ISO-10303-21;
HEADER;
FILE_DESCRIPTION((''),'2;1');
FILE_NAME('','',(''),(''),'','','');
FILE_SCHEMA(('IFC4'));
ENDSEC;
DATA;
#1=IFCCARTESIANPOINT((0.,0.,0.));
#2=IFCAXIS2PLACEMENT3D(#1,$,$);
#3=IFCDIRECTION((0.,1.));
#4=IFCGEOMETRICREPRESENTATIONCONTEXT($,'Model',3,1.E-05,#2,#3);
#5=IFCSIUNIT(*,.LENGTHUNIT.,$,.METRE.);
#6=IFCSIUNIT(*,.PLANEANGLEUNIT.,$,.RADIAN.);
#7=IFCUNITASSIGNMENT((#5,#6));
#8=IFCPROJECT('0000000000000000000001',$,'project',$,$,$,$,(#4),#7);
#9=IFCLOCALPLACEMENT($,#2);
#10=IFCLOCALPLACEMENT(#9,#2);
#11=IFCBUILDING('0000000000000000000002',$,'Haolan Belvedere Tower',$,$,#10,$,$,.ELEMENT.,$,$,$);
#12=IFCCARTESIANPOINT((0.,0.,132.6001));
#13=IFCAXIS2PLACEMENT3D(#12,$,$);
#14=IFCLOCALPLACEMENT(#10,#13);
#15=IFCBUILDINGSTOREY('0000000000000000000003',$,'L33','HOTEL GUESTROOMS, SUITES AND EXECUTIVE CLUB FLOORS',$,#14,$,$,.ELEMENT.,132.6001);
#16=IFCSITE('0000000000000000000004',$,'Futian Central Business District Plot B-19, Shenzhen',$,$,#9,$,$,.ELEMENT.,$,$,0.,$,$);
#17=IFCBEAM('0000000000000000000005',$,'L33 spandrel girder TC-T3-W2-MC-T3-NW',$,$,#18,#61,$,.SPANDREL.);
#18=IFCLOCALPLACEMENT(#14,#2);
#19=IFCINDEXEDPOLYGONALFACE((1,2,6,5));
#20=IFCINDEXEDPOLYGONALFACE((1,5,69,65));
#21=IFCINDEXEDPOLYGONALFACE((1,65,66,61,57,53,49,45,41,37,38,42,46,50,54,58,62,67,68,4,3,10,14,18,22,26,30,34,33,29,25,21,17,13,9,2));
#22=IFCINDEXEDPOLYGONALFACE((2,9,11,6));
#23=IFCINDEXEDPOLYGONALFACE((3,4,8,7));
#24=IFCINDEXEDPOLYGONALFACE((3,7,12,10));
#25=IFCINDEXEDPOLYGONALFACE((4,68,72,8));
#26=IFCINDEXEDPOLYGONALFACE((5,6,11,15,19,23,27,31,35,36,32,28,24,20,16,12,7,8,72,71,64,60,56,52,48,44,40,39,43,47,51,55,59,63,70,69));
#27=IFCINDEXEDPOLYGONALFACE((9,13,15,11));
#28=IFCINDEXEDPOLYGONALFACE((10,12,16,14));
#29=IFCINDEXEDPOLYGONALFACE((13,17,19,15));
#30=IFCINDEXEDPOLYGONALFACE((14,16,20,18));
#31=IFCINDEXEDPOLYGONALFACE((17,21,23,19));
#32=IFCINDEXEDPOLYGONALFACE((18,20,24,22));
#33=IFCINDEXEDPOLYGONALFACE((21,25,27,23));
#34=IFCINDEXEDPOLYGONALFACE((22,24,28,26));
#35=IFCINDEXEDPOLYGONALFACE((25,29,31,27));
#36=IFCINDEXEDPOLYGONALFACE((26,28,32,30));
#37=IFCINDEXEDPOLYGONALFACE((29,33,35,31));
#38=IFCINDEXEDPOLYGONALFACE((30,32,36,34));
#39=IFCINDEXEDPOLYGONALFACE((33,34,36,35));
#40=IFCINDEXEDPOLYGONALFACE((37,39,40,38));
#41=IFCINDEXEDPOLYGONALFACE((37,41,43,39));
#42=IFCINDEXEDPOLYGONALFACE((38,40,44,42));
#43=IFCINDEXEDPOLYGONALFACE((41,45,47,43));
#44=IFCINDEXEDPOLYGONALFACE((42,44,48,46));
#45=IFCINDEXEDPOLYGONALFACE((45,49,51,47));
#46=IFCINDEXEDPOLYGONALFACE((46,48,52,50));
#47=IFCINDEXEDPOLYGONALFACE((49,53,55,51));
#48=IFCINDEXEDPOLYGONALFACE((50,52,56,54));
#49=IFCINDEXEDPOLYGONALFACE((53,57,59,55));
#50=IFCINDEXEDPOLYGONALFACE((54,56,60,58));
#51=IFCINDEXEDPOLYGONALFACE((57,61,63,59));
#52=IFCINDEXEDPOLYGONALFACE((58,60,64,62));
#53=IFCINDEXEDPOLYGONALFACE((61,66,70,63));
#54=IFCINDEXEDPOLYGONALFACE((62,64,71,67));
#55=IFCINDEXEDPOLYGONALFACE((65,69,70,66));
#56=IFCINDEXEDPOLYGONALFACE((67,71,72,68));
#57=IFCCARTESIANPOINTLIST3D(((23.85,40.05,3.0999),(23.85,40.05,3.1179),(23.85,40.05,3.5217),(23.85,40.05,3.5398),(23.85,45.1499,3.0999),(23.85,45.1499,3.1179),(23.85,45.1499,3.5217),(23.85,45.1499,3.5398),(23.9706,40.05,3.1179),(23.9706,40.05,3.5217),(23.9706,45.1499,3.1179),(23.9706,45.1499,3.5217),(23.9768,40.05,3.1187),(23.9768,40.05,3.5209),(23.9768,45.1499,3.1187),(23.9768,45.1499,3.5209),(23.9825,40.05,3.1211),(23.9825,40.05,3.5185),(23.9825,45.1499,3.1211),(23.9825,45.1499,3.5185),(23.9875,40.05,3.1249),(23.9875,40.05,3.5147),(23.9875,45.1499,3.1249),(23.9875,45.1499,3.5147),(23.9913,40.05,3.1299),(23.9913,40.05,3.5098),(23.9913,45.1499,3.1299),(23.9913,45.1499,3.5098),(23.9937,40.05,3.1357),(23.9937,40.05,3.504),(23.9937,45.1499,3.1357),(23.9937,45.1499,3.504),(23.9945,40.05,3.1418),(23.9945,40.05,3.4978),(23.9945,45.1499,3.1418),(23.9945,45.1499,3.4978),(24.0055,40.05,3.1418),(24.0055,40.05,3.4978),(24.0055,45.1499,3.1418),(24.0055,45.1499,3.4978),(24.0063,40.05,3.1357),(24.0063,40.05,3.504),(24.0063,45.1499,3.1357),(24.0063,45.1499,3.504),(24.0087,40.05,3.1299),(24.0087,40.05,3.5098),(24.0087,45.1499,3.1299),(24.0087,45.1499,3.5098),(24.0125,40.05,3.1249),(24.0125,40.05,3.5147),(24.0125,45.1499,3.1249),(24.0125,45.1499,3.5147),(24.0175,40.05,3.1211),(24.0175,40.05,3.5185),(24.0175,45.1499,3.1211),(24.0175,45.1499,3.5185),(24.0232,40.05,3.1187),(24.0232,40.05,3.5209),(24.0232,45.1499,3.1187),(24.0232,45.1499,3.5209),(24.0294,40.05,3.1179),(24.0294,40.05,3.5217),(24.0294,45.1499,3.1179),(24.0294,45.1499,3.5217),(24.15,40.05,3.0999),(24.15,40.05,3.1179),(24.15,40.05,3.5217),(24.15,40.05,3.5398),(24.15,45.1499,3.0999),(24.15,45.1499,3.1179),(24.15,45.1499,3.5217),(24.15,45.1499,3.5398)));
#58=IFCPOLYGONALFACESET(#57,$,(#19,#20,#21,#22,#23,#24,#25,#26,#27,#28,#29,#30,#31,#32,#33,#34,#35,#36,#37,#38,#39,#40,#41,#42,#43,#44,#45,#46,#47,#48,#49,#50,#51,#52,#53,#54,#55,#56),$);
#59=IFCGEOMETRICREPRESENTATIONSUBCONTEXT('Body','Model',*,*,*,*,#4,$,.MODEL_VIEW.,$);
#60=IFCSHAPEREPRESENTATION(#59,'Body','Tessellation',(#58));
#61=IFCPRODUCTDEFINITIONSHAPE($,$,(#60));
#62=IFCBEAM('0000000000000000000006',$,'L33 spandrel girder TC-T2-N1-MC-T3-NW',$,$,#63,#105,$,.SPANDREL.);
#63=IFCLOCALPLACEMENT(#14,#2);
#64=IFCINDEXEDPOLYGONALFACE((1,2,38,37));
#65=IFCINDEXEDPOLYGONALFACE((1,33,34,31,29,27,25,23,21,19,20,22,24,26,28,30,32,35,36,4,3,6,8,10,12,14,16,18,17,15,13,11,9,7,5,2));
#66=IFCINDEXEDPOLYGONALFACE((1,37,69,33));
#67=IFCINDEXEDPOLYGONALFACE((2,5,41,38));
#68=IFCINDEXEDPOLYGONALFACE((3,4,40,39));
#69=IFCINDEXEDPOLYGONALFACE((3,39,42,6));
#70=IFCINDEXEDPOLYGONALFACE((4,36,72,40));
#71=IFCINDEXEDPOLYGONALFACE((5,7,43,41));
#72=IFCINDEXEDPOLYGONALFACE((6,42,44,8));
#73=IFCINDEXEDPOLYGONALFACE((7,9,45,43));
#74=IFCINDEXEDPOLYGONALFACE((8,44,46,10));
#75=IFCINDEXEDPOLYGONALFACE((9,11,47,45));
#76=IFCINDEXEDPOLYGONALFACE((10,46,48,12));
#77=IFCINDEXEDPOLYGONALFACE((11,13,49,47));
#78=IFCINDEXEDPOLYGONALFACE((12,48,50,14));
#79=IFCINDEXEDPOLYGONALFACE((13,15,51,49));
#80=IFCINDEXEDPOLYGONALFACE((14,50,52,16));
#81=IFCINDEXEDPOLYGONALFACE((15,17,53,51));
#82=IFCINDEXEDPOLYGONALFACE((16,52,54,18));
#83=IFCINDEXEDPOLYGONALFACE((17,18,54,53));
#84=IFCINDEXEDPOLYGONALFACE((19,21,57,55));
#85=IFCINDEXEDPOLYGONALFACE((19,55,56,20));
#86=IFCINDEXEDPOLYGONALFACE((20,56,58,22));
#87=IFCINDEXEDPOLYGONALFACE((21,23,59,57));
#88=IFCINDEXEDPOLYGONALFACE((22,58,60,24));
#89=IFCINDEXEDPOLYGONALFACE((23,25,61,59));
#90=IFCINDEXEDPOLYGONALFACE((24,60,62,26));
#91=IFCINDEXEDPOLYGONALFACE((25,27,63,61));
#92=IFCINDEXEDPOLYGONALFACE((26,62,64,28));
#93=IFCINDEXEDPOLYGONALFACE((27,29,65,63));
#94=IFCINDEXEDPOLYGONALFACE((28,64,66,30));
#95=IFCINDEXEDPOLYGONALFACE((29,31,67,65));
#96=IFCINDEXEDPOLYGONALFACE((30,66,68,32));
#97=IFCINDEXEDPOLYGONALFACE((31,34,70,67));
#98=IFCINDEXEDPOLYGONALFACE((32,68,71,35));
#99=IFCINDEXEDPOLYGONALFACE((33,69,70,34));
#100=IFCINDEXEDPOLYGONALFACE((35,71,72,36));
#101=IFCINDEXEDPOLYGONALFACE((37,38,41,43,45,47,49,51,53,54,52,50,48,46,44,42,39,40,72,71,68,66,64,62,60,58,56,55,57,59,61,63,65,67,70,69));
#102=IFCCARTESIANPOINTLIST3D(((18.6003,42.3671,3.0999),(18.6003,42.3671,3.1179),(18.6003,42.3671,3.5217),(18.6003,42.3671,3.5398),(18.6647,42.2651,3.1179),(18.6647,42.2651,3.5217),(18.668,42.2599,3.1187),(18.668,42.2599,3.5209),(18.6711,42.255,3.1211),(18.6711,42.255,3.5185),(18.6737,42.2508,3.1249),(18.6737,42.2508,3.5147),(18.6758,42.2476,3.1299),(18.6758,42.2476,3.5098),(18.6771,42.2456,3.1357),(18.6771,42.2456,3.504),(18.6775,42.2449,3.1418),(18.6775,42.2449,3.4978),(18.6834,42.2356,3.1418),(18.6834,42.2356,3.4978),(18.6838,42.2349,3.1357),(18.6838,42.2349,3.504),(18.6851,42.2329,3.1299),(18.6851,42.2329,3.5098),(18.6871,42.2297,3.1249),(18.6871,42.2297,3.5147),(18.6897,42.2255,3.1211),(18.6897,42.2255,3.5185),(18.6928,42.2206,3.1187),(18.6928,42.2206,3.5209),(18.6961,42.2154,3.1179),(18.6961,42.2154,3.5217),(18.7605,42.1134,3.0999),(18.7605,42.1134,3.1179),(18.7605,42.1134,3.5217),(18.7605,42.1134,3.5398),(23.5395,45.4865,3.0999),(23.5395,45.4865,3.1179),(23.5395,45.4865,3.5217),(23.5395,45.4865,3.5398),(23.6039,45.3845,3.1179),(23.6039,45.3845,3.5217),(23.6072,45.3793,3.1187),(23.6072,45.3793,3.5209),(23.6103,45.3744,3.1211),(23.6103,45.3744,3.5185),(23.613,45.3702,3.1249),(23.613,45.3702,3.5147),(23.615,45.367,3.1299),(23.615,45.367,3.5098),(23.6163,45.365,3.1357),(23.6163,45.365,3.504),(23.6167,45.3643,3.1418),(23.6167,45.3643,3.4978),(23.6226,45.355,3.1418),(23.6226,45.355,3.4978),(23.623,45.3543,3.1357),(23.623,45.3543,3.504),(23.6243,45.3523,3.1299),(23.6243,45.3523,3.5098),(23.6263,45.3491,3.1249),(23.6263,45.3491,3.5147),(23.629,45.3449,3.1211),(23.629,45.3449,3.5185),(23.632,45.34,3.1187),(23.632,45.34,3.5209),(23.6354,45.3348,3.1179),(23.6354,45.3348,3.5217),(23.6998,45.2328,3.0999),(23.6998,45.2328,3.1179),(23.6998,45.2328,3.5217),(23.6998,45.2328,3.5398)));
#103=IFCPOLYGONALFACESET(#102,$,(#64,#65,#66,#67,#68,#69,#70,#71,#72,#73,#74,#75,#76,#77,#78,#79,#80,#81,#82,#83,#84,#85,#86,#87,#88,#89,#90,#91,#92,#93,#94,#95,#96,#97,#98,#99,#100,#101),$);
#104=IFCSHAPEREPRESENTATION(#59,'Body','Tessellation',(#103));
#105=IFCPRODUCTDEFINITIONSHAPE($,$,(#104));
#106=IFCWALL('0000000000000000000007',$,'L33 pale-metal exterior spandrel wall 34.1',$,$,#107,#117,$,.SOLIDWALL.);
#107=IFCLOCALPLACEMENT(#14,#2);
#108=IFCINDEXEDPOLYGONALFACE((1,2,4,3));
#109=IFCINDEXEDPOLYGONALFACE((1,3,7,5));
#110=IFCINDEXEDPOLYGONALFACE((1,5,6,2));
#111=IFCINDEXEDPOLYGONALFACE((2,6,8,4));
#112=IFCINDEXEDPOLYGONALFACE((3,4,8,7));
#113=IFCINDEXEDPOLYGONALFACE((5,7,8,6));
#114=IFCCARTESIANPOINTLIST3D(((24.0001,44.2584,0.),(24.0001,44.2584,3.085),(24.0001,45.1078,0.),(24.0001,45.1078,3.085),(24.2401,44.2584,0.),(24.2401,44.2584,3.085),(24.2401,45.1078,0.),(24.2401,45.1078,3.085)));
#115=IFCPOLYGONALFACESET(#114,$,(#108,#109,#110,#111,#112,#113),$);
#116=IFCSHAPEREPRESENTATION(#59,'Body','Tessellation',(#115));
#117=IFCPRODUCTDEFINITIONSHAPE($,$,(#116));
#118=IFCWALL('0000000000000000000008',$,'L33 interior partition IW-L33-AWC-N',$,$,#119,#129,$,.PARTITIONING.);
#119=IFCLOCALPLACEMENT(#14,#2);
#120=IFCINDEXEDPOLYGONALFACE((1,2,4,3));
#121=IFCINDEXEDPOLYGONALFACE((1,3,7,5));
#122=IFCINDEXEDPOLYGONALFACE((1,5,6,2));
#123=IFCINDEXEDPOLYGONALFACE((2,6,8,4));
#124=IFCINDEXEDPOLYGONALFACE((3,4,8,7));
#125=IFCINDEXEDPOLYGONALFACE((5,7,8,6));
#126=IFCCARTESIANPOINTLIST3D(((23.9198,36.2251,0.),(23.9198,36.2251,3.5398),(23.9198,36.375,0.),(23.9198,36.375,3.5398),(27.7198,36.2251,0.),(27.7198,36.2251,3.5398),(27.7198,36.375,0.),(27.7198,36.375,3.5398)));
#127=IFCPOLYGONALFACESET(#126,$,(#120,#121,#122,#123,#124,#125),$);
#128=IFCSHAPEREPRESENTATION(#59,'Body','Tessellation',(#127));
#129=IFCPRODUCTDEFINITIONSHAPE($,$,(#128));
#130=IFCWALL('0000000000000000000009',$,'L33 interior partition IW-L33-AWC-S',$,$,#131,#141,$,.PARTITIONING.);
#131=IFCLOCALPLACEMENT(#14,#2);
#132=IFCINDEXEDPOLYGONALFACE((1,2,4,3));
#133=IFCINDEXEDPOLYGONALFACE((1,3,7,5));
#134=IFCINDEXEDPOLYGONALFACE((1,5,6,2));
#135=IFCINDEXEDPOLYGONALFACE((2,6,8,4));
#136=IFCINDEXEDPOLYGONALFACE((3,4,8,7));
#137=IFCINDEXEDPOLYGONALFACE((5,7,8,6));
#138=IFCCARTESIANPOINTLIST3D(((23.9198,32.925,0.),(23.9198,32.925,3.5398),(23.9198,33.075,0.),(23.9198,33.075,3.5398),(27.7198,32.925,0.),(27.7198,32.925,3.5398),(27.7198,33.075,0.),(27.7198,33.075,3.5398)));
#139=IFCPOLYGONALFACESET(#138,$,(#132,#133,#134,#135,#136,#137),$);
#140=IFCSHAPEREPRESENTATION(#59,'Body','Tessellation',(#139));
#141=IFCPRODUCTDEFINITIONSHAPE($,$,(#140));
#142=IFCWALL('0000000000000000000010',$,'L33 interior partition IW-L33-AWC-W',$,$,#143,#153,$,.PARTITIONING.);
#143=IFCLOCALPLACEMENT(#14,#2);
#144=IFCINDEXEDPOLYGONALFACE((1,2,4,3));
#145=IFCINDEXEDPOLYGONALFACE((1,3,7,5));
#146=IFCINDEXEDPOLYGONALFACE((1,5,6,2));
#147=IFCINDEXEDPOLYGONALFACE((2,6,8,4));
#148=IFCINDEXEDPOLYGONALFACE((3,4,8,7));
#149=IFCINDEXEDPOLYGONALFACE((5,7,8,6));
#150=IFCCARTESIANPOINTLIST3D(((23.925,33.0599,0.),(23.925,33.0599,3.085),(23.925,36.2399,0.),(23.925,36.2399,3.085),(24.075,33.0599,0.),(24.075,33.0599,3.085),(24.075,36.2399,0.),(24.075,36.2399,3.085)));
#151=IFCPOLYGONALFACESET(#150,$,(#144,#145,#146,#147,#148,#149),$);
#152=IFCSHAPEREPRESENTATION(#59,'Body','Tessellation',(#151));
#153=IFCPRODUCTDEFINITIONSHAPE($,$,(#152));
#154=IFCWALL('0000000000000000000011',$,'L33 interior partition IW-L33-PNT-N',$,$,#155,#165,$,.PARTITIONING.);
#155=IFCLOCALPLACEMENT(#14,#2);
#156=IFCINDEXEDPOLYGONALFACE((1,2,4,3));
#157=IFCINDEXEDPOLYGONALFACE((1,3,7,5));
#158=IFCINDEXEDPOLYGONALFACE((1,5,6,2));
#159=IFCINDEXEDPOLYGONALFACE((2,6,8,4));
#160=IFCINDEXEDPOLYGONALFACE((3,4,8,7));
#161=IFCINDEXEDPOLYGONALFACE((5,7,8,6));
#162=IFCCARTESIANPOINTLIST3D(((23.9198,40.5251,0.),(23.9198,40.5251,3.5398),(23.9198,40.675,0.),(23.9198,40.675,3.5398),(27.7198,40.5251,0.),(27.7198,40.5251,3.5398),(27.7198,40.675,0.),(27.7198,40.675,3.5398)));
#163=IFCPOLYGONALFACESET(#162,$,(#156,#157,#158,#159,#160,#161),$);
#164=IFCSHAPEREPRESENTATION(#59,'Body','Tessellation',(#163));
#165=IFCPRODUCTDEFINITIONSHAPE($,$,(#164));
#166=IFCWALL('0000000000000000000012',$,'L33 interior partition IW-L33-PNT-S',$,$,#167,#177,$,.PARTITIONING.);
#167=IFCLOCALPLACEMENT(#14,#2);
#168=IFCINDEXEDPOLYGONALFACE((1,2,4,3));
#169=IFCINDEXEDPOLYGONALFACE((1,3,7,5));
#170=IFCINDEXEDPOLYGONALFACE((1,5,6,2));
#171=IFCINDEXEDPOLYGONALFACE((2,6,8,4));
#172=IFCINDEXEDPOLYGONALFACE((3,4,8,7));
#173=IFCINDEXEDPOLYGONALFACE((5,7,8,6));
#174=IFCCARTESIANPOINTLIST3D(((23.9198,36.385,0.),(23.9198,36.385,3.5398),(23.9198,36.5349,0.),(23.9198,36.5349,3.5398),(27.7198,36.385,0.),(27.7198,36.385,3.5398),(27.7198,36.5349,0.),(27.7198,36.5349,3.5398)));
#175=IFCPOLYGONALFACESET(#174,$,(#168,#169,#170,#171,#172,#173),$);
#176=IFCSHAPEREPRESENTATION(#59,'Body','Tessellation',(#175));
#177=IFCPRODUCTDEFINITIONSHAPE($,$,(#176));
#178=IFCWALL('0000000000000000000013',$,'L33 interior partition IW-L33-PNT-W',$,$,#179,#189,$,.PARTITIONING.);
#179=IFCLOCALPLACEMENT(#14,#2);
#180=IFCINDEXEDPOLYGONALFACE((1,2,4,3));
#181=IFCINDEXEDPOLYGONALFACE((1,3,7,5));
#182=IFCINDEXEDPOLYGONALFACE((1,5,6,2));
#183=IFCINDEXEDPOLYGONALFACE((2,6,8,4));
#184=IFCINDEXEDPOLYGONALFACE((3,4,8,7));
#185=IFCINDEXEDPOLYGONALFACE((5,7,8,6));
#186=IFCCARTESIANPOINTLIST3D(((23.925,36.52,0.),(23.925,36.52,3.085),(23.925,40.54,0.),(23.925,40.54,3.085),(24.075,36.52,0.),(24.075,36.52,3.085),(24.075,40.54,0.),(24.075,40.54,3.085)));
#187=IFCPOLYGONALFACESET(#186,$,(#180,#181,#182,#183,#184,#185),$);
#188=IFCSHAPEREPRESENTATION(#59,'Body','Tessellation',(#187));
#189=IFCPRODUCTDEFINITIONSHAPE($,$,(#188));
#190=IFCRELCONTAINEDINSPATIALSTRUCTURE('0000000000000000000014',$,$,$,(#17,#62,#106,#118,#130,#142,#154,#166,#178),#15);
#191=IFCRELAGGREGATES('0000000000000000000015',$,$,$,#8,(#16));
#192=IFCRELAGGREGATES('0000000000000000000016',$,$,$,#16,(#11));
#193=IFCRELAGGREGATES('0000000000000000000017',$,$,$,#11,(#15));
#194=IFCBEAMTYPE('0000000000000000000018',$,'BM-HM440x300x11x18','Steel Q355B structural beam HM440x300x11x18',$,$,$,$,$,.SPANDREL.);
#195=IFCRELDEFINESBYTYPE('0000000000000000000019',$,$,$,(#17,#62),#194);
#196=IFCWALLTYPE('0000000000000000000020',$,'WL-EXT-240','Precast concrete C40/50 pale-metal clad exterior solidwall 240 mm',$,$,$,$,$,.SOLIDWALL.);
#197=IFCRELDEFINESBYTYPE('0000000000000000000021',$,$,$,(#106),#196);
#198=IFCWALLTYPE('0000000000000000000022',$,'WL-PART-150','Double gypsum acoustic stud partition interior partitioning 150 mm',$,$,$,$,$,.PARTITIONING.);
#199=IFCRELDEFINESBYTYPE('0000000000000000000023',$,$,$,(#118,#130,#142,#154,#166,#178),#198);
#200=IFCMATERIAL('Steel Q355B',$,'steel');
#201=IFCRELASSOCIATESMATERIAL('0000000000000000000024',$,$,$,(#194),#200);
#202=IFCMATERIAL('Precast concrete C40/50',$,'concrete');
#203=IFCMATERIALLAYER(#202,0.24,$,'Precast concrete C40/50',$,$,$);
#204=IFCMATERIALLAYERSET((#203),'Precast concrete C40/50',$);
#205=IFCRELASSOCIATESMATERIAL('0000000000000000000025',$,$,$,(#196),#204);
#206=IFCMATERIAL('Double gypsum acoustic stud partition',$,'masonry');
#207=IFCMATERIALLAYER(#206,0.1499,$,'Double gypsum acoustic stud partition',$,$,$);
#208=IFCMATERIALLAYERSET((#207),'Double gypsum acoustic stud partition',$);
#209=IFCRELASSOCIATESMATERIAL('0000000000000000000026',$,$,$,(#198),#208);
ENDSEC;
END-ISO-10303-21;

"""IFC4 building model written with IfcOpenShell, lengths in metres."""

from ifc_helpers import new_model, si_unit, direction, frame, frame_2d, origin, origin_2d, place, context, subcontext, project, spatial, rectangle, i_section, extrude, material, layer, layer_set, material_profile, profile_set, type_object, element, save


model = new_model("IFC4")

# Units and contexts
model_context = context("Model", 3, precision=1e-05, world=origin(), true_north=direction((0.0, 1.0)))
body_context = subcontext(model_context, "Body", "Model", "MODEL_VIEW")
ifc_project = project(units=[si_unit("LENGTHUNIT", "METRE"), si_unit("PLANEANGLEUNIT", "RADIAN")], contexts=[model_context])

# Site, building, storey
site_placement = place(None, origin())
site = spatial("IfcSite", under=ifc_project, at=site_placement, Name="Futian Central Business District Plot B-19, Shenzhen", CompositionType="ELEMENT", RefElevation=0.0)
building_placement = place(site_placement, origin())
building = spatial("IfcBuilding", under=site, at=building_placement, Name="Haolan Belvedere Tower", CompositionType="ELEMENT")
storey_placement = place(building_placement, frame((0.0, 0.0, 132.6001)))
storey = spatial("IfcBuildingStorey", under=building, at=storey_placement, Name="L33", Description="HOTEL GUESTROOMS, SUITES AND EXECUTIVE CLUB FLOORS", CompositionType="ELEMENT", Elevation=132.6001)

# Beams
ifc_material_1 = material(Name="Steel Q355B", Category="steel")
ifc_material_profile_1 = material_profile(ifc_material_1, i_section(OverallWidth=0.3, OverallDepth=0.4399, WebThickness=0.011, FlangeThickness=0.0181, FilletRadius=0.0239, at=origin_2d()), Name="Steel Q355B")
ifc_profile_set_1 = profile_set([ifc_material_profile_1], Name="Steel Q355B")
beam_type = type_object("IfcBeamType", Name="BM-HM440x300x11x18", Description="Steel Q355B structural beam HM440x300x11x18", PredefinedType="SPANDREL", material=ifc_profile_set_1)
for number, where, z_axis, x_axis, name in (
    (1, (24.0, 40.05, 3.3198), (0.0, 1.0, 0.0), (-1.0, 0.0, 0.0), "L33 spandrel girder TC-T3-W2-MC-T3-NW"),
):
    element("IfcBeam", number, at=place(storey_placement, frame(where, z_axis=z_axis, x_axis=x_axis)), inside=storey, type_object=beam_type, Name=name, PredefinedType="SPANDREL", context=body_context, shape_type="SweptSolid", body=[
        extrude(i_section(OverallWidth=0.3, OverallDepth=0.4399, WebThickness=0.011, FlangeThickness=0.0181, FilletRadius=0.0239, at=origin_2d()), origin(), (0.0, 0.0, 1.0), 5.0999),
    ])
beam_placement = place(storey_placement, frame((18.6804, 42.2402, 3.3198), z_axis=(0.845498, 0.533979, 0.0), x_axis=(-0.533979, 0.845498, 0.0)))
element("IfcBeam", 2, at=beam_placement, inside=storey, type_object=beam_type, Name="L33 spandrel girder TC-T2-N1-MC-T3-NW", PredefinedType="SPANDREL", context=body_context, shape_type="SweptSolid", body=[
    extrude(i_section(OverallWidth=0.3, OverallDepth=0.4399, WebThickness=0.011, FlangeThickness=0.0181, FilletRadius=0.0239, at=origin_2d()), origin(), (0.0, 0.0, 1.0), 5.8418),
])

# Walls
ifc_material_2 = material(Name="Precast concrete C40/50", Category="concrete")
ifc_layer_1 = layer(ifc_material_2, 0.24, Name="Precast concrete C40/50")
ifc_layer_set_1 = layer_set([ifc_layer_1], Name="Precast concrete C40/50")
wall_type_1 = type_object("IfcWallType", Name="WL-EXT-240", Description="Precast concrete C40/50 pale-metal clad exterior solidwall 240 mm", PredefinedType="SOLIDWALL", material=ifc_layer_set_1)
wall_1_placement = place(storey_placement, frame((24.1201, 45.1079, 0.0), z_axis=(0.0, 0.0, 1.0), x_axis=(0.0, -1.0, 0.0)))
element("IfcWall", 3, at=wall_1_placement, inside=storey, type_object=wall_type_1, Name="L33 pale-metal exterior spandrel wall 34.1", PredefinedType="SOLIDWALL", context=body_context, shape_type="SweptSolid", body=[
    extrude(rectangle(XDim=0.8494, YDim=0.24, at=frame_2d((0.4248, 0.0))), origin(), (0.0, 0.0, 1.0), 3.085),
])
ifc_material_3 = material(Name="Double gypsum acoustic stud partition", Category="masonry")
ifc_layer_2 = layer(ifc_material_3, 0.1499, Name="Double gypsum acoustic stud partition")
ifc_layer_set_2 = layer_set([ifc_layer_2], Name="Double gypsum acoustic stud partition")
wall_type_2 = type_object("IfcWallType", Name="WL-PART-150", Description="Double gypsum acoustic stud partition interior partitioning 150 mm", PredefinedType="PARTITIONING", material=ifc_layer_set_2)
for number, where, z_axis, x_axis, name in (
    (4, (23.9199, 36.3, 0.0), (0.0, 0.0, 1.0), (1.0, 0.0, 0.0), "L33 interior partition IW-L33-AWC-N"),
    (5, (23.9199, 33.0, 0.0), (0.0, 0.0, 1.0), (1.0, 0.0, 0.0), "L33 interior partition IW-L33-AWC-S"),
):
    element("IfcWall", number, at=place(storey_placement, frame(where, z_axis=z_axis, x_axis=x_axis)), inside=storey, type_object=wall_type_2, Name=name, PredefinedType="PARTITIONING", context=body_context, shape_type="SweptSolid", body=[
        extrude(rectangle(XDim=3.8, YDim=0.1499, at=frame_2d((1.8999, 0.0))), origin(), (0.0, 0.0, 1.0), 3.5398),
    ])
wall_2_placement = place(storey_placement, frame((24.0, 33.0601, 0.0), z_axis=(0.0, 0.0, 1.0), x_axis=(0.0, 1.0, 0.0)))
element("IfcWall", 6, at=wall_2_placement, inside=storey, type_object=wall_type_2, Name="L33 interior partition IW-L33-AWC-W", PredefinedType="PARTITIONING", context=body_context, shape_type="SweptSolid", body=[
    extrude(rectangle(XDim=3.1799, YDim=0.1499, at=frame_2d((1.5898, 0.0))), origin(), (0.0, 0.0, 1.0), 3.085),
])
for number, where, z_axis, x_axis, name in (
    (7, (23.9199, 40.6001, 0.0), (0.0, 0.0, 1.0), (1.0, 0.0, 0.0), "L33 interior partition IW-L33-PNT-N"),
    (8, (23.9199, 36.46, 0.0), (0.0, 0.0, 1.0), (1.0, 0.0, 0.0), "L33 interior partition IW-L33-PNT-S"),
):
    element("IfcWall", number, at=place(storey_placement, frame(where, z_axis=z_axis, x_axis=x_axis)), inside=storey, type_object=wall_type_2, Name=name, PredefinedType="PARTITIONING", context=body_context, shape_type="SweptSolid", body=[
        extrude(rectangle(XDim=3.8, YDim=0.1499, at=frame_2d((1.8999, 0.0))), origin(), (0.0, 0.0, 1.0), 3.5398),
    ])
wall_3_placement = place(storey_placement, frame((24.0, 36.52, 0.0), z_axis=(0.0, 0.0, 1.0), x_axis=(0.0, 1.0, 0.0)))
element("IfcWall", 9, at=wall_3_placement, inside=storey, type_object=wall_type_2, Name="L33 interior partition IW-L33-PNT-W", PredefinedType="PARTITIONING", context=body_context, shape_type="SweptSolid", body=[
    extrude(rectangle(XDim=4.02, YDim=0.1499, at=frame_2d((2.01, 0.0))), origin(), (0.0, 0.0, 1.0), 3.085),
])

save(model, "model.ifc")
